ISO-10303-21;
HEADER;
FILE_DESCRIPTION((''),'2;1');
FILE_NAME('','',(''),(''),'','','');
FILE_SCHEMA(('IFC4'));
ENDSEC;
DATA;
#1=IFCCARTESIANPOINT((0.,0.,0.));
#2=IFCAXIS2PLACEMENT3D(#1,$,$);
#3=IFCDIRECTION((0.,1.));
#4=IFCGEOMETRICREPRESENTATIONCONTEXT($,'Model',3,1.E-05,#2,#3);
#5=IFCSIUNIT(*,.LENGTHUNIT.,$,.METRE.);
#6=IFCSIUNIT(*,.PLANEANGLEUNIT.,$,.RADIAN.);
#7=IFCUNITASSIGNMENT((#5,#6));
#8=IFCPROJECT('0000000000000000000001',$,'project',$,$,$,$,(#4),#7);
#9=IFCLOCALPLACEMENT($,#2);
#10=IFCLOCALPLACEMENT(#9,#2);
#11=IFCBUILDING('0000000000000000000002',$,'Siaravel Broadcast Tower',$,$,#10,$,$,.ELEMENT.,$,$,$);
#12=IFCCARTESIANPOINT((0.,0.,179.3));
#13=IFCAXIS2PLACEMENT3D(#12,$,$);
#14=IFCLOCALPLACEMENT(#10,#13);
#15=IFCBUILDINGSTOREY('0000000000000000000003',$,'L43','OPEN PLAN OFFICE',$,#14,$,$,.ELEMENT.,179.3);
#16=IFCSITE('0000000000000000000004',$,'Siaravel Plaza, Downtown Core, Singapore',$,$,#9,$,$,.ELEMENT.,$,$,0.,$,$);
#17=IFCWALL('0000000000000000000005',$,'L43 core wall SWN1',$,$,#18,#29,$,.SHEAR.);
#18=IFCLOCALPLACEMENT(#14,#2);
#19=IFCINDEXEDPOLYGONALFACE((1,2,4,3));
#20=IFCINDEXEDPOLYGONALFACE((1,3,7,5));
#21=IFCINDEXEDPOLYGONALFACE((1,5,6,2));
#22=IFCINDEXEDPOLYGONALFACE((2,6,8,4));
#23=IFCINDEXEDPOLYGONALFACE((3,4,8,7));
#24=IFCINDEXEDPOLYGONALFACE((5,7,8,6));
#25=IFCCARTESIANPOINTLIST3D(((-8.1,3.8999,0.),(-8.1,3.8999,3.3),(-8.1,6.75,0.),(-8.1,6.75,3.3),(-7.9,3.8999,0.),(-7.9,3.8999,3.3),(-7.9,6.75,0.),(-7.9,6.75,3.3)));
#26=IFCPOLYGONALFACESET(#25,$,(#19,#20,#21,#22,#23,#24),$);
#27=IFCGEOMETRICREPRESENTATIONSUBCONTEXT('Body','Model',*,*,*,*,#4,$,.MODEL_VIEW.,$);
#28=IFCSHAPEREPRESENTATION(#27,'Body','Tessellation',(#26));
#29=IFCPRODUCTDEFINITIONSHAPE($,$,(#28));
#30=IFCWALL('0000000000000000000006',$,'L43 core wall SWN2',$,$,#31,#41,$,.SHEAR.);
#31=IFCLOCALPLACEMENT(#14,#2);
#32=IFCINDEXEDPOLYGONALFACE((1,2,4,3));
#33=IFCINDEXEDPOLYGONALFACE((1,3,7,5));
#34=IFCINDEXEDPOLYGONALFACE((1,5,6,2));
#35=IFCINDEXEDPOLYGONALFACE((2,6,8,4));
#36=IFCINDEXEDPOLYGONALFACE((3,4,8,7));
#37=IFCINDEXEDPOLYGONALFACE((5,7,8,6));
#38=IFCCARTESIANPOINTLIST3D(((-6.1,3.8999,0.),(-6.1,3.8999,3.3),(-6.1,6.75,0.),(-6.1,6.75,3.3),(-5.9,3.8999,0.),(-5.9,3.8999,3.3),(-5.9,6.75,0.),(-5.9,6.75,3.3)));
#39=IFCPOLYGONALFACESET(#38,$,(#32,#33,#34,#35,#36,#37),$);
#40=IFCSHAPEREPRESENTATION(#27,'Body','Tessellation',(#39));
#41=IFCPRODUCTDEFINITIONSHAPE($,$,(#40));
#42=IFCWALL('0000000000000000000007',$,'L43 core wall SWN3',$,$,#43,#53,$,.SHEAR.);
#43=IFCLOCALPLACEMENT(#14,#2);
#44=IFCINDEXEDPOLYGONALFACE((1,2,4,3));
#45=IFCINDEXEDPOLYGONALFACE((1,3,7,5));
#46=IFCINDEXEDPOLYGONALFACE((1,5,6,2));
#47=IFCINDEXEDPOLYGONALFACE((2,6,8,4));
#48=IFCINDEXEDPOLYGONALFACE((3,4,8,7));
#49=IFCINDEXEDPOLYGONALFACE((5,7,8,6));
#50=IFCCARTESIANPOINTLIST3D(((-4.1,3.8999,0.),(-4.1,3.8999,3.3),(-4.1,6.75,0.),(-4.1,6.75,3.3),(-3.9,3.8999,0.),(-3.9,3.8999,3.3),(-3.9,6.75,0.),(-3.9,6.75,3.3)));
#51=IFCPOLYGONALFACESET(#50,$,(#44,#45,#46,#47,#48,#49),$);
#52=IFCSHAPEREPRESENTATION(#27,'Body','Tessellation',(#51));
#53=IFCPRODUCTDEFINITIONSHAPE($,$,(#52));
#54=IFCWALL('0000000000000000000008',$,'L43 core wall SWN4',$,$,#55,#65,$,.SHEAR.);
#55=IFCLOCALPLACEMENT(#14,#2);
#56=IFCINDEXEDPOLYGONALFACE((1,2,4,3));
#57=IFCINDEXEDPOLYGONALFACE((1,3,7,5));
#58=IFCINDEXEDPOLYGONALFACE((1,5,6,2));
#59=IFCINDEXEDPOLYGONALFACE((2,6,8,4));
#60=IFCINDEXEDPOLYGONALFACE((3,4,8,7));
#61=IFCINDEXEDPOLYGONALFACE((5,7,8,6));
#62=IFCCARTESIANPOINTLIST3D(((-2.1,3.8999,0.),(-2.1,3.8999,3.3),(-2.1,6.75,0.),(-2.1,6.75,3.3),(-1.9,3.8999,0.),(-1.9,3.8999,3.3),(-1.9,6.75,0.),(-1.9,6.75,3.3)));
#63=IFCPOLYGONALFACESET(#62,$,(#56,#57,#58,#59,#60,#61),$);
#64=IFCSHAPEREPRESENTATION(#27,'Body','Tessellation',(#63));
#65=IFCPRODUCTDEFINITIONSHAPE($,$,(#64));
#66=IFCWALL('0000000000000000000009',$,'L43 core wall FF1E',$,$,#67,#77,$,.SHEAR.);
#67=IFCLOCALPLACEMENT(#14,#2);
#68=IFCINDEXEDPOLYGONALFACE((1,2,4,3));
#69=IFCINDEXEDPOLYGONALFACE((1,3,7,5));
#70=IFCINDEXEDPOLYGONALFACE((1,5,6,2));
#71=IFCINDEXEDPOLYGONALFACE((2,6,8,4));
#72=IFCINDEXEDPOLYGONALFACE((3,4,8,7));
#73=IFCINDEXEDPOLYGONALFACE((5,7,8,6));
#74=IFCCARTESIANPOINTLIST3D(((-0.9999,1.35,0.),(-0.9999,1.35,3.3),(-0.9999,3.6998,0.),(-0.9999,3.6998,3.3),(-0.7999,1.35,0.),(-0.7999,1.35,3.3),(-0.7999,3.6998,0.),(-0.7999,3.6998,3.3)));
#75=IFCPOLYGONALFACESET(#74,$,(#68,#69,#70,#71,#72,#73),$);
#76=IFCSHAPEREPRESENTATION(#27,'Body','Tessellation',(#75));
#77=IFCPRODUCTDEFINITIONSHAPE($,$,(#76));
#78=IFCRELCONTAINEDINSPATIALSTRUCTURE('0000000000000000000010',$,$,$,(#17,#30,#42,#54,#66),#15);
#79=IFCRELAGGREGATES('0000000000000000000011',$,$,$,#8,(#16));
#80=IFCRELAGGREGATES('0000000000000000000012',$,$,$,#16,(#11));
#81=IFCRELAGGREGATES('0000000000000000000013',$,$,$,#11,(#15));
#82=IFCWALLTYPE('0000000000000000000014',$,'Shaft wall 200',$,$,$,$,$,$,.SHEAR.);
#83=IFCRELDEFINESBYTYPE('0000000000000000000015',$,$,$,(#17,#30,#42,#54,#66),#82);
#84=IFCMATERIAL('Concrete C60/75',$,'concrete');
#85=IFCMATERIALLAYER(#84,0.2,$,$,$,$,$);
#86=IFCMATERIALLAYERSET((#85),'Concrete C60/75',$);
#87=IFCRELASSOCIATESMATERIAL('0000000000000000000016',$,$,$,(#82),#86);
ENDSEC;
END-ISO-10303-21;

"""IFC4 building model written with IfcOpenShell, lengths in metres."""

from ifc_helpers import new_model, si_unit, direction, frame, frame_2d, origin, place, context, subcontext, project, spatial, rectangle, extrude, material, layer, layer_set, type_object, element, save


model = new_model("IFC4")

# Units and contexts
model_context = context("Model", 3, precision=1e-05, world=origin(), true_north=direction((0.0, 1.0)))
body_context = subcontext(model_context, "Body", "Model", "MODEL_VIEW")
ifc_project = project(units=[si_unit("LENGTHUNIT", "METRE"), si_unit("PLANEANGLEUNIT", "RADIAN")], contexts=[model_context])

# Site, building, storey
site_placement = place(None, origin())
site = spatial("IfcSite", under=ifc_project, at=site_placement, Name="Siaravel Plaza, Downtown Core, Singapore", CompositionType="ELEMENT", RefElevation=0.0)
building_placement = place(site_placement, origin())
building = spatial("IfcBuilding", under=site, at=building_placement, Name="Siaravel Broadcast Tower", CompositionType="ELEMENT")
storey_placement = place(building_placement, frame((0.0, 0.0, 179.3)))
storey = spatial("IfcBuildingStorey", under=building, at=storey_placement, Name="L43", Description="OPEN PLAN OFFICE", CompositionType="ELEMENT", Elevation=179.3)

# Shared definitions
ifc_material_1 = material(Name="Concrete C60/75", Category="concrete")

# Walls
ifc_layer_1 = layer(ifc_material_1, 0.2)
ifc_layer_set_1 = layer_set([ifc_layer_1], Name="Concrete C60/75")
wall_type_1 = type_object("IfcWallType", Name="Shaft wall 200", PredefinedType="SHEAR", material=ifc_layer_set_1)
for number, where, z_axis, x_axis, name in (
    (1, (-8.0, 3.8999, 0.0), (0.0, 0.0, 1.0), (0.0, 1.0, 0.0), "L43 core wall SWN1"),
    (2, (-6.0, 3.8999, 0.0), (0.0, 0.0, 1.0), (0.0, 1.0, 0.0), "L43 core wall SWN2"),
    (3, (-4.0, 3.8999, 0.0), (0.0, 0.0, 1.0), (0.0, 1.0, 0.0), "L43 core wall SWN3"),
    (4, (-2.0, 3.8999, 0.0), (0.0, 0.0, 1.0), (0.0, 1.0, 0.0), "L43 core wall SWN4"),
):
    element("IfcWall", number, at=place(storey_placement, frame(where, z_axis=z_axis, x_axis=x_axis)), inside=storey, type_object=wall_type_1, Name=name, PredefinedType="SHEAR", context=body_context, shape_type="SweptSolid", body=[
        extrude(rectangle(XDim=2.8501, YDim=0.2, at=frame_2d((1.425, 0.0))), origin(), (0.0, 0.0, 1.0), 3.3),
    ])
wall_1_placement = place(storey_placement, frame((-0.8999, 1.3501, 0.0), z_axis=(0.0, 0.0, 1.0), x_axis=(0.0, 1.0, 0.0)))
element("IfcWall", 5, at=wall_1_placement, inside=storey, type_object=wall_type_1, Name="L43 core wall FF1E", PredefinedType="SHEAR", context=body_context, shape_type="SweptSolid", body=[
    extrude(rectangle(XDim=2.3499, YDim=0.2, at=frame_2d((1.1748, 0.0))), origin(), (0.0, 0.0, 1.0), 3.3),
])

save(model, "model.ifc")
